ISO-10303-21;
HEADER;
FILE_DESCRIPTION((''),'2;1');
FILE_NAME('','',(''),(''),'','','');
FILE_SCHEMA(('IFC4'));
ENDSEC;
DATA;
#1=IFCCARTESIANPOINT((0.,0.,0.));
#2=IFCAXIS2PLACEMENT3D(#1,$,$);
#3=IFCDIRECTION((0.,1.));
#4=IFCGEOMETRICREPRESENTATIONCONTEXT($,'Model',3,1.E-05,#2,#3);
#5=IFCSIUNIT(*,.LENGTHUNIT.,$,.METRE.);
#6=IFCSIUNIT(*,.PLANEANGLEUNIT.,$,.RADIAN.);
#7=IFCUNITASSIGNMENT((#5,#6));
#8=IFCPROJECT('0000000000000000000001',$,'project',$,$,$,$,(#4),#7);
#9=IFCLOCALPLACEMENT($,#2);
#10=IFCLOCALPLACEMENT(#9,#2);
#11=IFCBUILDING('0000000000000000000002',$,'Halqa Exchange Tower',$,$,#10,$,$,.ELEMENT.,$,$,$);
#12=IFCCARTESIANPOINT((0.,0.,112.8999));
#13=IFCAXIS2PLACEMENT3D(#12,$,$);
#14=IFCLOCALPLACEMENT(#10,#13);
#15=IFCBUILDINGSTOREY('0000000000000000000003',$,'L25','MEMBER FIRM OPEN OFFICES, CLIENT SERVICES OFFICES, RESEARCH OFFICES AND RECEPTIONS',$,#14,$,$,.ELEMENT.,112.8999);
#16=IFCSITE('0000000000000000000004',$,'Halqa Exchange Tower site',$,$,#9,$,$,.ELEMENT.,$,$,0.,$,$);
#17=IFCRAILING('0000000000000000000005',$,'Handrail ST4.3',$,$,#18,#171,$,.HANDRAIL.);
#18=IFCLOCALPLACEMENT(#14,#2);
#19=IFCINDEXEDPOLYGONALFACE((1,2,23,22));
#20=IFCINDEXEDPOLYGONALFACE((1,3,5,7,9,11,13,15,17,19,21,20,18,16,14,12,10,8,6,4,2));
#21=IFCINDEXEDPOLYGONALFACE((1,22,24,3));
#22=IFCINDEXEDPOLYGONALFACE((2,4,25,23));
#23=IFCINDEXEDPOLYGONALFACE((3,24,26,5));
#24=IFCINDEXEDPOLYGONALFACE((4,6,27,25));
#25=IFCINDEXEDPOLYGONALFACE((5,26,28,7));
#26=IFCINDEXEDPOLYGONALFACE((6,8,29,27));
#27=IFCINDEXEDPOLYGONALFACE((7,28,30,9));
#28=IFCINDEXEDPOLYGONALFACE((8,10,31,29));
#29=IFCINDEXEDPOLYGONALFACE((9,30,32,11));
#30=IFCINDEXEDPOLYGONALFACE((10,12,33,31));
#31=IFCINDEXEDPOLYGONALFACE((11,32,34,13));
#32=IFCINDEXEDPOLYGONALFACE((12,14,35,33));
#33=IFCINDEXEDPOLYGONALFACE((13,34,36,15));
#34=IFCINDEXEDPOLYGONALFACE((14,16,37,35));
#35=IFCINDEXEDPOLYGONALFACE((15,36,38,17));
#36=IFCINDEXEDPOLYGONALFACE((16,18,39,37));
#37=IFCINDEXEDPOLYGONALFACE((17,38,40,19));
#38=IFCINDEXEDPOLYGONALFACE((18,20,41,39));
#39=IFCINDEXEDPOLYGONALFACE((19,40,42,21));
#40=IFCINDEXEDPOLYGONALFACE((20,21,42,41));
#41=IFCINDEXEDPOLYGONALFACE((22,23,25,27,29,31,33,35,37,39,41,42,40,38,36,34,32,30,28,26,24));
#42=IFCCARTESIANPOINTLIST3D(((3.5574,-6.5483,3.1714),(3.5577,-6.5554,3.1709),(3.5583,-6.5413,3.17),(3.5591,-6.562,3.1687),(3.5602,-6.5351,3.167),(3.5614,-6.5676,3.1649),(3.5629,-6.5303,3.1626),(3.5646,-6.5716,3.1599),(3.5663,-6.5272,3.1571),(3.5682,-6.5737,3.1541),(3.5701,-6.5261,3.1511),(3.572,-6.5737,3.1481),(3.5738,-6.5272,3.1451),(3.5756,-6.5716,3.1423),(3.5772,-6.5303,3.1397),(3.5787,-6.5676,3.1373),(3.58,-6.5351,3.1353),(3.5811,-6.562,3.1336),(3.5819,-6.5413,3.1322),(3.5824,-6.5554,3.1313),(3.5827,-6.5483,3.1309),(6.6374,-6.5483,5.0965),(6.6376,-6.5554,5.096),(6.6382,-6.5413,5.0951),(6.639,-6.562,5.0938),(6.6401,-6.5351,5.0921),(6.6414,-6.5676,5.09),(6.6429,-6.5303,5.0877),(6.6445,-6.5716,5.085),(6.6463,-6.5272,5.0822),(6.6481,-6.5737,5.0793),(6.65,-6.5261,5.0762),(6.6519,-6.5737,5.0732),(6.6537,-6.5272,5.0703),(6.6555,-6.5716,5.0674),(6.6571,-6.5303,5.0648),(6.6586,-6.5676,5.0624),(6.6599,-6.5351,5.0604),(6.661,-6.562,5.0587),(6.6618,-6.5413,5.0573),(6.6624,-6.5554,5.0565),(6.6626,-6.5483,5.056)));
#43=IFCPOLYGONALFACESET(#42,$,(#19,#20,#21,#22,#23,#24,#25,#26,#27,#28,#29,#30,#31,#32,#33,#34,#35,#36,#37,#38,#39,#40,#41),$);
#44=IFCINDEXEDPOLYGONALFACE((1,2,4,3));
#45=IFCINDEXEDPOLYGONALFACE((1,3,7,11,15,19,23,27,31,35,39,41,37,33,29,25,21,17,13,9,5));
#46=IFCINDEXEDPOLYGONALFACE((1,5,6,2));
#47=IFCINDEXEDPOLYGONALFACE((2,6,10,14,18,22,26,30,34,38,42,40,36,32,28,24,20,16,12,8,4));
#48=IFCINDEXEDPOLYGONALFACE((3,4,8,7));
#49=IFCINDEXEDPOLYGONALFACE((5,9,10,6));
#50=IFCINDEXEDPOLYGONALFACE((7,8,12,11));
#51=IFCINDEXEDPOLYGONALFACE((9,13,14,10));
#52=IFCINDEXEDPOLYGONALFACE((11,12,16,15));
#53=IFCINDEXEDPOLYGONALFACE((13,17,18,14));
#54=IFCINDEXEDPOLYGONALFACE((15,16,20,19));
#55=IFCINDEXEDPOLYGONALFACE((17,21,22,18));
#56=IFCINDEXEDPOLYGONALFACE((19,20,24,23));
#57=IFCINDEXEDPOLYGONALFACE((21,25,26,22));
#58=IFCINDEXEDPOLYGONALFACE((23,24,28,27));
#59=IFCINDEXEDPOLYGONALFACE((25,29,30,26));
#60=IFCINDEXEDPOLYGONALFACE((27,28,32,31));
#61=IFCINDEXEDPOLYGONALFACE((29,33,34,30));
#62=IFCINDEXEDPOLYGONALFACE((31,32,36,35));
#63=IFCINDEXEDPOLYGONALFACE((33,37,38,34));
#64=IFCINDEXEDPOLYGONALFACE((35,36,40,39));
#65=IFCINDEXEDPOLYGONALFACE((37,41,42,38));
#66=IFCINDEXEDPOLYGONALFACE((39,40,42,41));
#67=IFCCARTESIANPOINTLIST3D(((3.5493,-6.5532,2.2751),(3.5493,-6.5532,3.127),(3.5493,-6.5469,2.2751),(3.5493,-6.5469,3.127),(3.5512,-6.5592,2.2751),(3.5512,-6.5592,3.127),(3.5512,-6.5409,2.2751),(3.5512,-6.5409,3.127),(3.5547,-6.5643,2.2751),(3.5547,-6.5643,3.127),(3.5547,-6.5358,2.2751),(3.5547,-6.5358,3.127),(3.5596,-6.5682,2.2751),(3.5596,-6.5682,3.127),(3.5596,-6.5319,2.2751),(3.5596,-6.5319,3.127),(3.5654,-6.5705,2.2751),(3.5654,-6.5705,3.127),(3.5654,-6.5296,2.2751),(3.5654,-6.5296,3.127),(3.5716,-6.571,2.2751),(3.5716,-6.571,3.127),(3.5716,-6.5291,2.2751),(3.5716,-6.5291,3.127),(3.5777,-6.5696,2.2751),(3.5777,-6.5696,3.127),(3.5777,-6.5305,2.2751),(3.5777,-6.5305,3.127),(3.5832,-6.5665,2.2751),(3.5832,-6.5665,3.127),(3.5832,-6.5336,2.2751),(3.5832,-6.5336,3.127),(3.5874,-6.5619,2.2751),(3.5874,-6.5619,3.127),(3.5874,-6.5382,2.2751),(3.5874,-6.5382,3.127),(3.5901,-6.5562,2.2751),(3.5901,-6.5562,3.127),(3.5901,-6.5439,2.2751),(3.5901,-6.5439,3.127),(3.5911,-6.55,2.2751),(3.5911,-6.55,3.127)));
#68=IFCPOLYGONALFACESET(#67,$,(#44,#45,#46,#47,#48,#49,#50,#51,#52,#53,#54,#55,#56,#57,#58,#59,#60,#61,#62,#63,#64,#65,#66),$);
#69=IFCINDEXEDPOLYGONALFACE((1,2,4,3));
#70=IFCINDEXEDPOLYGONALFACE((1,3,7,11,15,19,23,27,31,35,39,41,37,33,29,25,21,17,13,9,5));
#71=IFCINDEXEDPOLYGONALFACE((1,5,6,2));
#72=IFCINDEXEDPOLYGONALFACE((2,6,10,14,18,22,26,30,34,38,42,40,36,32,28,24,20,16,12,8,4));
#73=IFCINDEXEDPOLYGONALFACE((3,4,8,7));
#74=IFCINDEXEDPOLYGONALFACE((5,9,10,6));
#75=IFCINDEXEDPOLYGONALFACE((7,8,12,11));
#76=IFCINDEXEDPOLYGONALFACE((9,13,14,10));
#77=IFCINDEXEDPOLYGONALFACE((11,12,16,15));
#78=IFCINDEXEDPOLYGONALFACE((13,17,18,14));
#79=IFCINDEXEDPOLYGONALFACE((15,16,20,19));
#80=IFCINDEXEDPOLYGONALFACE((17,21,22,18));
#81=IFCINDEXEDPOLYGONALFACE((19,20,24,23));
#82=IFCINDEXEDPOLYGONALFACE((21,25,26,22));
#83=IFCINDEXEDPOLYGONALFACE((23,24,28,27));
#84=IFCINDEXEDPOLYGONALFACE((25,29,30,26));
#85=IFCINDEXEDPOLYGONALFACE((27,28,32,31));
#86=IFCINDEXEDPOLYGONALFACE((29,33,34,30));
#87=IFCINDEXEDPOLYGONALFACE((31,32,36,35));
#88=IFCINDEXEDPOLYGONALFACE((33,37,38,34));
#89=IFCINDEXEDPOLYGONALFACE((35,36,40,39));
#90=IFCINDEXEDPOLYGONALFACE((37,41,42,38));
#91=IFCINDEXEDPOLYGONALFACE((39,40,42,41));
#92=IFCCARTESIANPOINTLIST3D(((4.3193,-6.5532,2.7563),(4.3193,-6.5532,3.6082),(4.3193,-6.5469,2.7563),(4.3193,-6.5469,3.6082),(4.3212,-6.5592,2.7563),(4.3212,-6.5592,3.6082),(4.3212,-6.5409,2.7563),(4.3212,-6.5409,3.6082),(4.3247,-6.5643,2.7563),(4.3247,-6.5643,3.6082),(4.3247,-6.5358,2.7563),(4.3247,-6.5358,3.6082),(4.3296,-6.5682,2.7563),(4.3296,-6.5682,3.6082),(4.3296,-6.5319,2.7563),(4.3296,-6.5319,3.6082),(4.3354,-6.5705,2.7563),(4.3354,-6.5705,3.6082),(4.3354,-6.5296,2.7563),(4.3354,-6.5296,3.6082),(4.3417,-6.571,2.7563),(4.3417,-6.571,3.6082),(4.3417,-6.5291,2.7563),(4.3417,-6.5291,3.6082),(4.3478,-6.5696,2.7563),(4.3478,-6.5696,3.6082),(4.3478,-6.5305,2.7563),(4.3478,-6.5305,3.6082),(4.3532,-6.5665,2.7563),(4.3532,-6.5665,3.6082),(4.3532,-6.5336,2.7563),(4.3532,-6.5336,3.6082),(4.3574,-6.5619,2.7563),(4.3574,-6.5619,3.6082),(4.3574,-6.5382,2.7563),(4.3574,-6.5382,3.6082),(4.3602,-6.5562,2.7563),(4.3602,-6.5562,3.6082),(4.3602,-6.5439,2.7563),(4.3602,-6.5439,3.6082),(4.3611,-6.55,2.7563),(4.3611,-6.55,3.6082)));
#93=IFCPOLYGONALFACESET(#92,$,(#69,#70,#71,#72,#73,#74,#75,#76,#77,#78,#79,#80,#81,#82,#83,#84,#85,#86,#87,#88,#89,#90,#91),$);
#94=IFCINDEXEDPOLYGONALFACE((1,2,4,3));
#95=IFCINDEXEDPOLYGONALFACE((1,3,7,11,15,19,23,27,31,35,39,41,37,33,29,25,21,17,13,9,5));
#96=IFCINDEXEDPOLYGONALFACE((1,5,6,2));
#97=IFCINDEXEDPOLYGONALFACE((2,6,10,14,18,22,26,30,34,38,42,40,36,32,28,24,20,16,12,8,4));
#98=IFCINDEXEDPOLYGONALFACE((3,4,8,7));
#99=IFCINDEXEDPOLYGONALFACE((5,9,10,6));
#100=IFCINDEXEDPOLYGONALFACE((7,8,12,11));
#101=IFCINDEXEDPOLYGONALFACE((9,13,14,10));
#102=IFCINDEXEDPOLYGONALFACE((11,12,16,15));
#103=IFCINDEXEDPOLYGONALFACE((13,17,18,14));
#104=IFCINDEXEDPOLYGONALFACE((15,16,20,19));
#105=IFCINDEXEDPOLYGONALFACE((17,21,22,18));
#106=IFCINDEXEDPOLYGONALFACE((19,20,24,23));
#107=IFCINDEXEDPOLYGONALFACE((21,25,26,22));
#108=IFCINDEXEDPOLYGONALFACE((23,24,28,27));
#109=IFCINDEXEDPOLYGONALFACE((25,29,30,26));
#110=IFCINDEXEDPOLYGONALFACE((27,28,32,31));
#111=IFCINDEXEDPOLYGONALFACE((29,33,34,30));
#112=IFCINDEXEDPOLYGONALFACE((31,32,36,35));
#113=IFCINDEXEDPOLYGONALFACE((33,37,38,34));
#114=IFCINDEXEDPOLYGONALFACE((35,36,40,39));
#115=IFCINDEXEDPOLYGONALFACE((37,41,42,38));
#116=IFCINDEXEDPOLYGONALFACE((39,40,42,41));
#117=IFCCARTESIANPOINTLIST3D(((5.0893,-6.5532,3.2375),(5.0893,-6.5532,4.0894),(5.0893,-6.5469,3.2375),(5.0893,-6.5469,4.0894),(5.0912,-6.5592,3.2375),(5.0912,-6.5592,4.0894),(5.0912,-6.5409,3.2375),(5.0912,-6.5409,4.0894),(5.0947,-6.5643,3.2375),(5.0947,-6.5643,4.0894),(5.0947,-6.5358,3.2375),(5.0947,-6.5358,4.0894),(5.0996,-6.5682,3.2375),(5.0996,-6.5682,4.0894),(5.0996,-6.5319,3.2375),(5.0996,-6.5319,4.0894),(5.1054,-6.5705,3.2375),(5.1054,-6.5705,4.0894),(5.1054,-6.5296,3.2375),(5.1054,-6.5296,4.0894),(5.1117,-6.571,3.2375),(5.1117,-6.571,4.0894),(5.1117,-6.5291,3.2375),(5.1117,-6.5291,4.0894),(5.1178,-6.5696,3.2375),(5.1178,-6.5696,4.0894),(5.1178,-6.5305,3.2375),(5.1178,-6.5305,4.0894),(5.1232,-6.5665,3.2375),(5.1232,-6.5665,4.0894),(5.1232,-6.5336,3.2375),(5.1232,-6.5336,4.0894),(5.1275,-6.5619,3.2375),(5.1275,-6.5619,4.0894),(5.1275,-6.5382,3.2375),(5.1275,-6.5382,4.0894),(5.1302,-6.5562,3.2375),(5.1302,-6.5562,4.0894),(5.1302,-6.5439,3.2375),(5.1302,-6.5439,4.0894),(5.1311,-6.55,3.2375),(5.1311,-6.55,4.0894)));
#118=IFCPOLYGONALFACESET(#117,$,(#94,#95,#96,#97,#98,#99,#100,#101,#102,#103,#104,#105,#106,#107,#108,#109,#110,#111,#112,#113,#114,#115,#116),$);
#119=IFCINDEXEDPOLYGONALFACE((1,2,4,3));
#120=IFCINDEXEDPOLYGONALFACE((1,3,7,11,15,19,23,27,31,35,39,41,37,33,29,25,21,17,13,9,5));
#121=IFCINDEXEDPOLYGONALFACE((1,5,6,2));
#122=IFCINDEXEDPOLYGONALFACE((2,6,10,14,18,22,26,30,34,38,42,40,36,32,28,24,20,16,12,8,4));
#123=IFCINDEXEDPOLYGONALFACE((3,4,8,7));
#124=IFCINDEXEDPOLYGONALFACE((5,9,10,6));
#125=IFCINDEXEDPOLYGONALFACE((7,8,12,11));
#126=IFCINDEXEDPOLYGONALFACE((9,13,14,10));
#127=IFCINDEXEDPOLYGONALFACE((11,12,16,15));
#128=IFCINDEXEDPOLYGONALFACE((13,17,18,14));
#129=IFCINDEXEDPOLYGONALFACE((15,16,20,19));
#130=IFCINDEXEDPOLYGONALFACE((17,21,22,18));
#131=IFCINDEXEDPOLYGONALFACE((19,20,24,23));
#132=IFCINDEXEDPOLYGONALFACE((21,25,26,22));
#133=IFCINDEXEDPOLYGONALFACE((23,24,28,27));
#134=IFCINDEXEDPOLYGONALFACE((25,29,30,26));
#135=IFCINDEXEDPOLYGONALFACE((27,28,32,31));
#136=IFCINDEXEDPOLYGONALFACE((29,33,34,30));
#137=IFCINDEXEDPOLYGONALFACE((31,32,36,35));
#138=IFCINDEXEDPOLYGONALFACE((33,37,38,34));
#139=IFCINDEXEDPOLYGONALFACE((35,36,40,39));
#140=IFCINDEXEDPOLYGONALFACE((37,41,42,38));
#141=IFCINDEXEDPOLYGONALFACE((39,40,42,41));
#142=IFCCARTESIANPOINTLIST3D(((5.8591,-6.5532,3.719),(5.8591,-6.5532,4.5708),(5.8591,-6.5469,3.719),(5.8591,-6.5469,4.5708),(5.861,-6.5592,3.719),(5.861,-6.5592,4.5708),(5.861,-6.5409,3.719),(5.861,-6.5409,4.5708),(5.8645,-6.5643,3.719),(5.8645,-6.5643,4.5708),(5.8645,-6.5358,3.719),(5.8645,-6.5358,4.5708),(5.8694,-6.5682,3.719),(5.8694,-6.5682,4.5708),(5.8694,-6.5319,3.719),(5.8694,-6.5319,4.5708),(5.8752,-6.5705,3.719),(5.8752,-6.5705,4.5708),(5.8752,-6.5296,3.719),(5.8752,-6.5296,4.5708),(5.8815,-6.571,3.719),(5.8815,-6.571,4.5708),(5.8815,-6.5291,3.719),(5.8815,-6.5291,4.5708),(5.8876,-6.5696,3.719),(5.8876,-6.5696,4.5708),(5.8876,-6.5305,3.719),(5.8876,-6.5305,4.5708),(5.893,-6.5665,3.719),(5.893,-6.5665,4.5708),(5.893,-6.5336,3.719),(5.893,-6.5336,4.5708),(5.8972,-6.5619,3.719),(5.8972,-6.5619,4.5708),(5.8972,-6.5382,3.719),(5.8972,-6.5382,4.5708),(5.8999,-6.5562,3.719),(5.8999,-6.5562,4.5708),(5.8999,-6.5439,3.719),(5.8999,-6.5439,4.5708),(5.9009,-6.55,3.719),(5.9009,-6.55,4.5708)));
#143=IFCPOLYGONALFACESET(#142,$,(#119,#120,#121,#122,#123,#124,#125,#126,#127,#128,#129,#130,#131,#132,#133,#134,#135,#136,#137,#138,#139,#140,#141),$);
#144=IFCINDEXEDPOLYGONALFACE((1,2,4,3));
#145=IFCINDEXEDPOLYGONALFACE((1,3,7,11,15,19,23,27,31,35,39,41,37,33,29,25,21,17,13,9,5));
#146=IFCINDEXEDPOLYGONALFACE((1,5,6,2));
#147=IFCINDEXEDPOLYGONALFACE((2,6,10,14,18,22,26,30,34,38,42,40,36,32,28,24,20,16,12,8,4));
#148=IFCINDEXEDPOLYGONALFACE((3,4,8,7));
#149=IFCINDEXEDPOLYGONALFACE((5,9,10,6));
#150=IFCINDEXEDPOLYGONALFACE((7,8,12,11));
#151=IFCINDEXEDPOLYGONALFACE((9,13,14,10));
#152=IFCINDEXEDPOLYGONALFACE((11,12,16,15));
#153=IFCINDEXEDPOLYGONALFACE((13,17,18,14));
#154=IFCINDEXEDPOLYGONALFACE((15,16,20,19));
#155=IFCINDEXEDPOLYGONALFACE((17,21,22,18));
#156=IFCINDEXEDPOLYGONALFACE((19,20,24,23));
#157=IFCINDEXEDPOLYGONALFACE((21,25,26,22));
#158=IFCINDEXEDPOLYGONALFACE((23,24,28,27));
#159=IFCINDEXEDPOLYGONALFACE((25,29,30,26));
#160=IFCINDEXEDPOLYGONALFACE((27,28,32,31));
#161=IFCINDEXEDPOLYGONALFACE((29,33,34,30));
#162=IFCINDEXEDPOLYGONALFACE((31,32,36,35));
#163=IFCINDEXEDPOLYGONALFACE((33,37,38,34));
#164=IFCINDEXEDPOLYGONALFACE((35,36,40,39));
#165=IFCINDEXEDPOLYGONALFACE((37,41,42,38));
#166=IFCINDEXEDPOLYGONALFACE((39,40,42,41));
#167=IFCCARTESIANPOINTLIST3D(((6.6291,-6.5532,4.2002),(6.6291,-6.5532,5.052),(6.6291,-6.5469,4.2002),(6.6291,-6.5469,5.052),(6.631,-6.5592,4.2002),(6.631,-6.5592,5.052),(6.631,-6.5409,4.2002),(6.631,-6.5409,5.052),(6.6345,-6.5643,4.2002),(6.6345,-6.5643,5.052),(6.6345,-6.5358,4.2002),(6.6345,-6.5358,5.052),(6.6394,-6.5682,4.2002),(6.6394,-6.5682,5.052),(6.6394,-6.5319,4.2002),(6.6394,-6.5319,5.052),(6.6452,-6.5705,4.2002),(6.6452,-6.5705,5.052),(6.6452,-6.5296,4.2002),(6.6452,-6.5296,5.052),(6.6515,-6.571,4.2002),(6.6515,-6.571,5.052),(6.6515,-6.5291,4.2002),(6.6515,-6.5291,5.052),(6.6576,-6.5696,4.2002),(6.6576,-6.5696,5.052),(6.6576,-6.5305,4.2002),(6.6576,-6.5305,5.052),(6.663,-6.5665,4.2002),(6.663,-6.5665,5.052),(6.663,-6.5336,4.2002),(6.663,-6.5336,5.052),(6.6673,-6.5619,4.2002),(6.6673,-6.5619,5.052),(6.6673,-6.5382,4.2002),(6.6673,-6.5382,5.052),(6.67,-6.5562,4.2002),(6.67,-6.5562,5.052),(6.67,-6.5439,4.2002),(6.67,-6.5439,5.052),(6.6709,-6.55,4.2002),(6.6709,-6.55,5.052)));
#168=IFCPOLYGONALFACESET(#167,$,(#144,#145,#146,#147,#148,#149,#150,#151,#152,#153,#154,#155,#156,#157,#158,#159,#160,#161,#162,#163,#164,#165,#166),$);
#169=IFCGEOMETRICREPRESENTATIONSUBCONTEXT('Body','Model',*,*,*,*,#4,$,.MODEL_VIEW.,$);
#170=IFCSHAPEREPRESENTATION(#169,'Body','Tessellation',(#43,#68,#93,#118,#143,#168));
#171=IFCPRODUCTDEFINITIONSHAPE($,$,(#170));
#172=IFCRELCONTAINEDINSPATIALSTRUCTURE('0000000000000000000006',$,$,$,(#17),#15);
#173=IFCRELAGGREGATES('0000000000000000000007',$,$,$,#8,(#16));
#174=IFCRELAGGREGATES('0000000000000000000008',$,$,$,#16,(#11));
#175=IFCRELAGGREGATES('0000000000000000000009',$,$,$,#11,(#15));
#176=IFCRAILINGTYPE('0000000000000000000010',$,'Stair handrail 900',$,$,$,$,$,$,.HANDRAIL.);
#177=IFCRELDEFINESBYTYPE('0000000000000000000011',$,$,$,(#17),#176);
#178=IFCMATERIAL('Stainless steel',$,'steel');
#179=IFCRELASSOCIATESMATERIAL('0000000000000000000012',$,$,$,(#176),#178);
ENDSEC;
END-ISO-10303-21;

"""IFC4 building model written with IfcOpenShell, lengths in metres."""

from ifc_helpers import new_model, si_unit, direction, frame, origin, origin_2d, place, context, subcontext, project, spatial, circle, extrude, material, type_object, element, save


model = new_model("IFC4")

# Units and contexts
model_context = context("Model", 3, precision=1e-05, world=origin(), true_north=direction((0.0, 1.0)))
body_context = subcontext(model_context, "Body", "Model", "MODEL_VIEW")
ifc_project = project(units=[si_unit("LENGTHUNIT", "METRE"), si_unit("PLANEANGLEUNIT", "RADIAN")], contexts=[model_context])

# Site, building, storey
site_placement = place(None, origin())
site = spatial("IfcSite", under=ifc_project, at=site_placement, Name="Halqa Exchange Tower site", CompositionType="ELEMENT", RefElevation=0.0)
building_placement = place(site_placement, origin())
building = spatial("IfcBuilding", under=site, at=building_placement, Name="Halqa Exchange Tower", CompositionType="ELEMENT")
storey_placement = place(building_placement, frame((0.0, 0.0, 112.8999)))
storey = spatial("IfcBuildingStorey", under=building, at=storey_placement, Name="L25", Description="MEMBER FIRM OPEN OFFICES, CLIENT SERVICES OFFICES, RESEARCH OFFICES AND RECEPTIONS", CompositionType="ELEMENT", Elevation=112.8999)

# Railing
ifc_material_1 = material(Name="Stainless steel", Category="steel")
railing_type_1 = type_object("IfcRailingType", Name="Stair handrail 900", PredefinedType="HANDRAIL", material=ifc_material_1)
railing_1_placement = place(storey_placement, frame((3.5701, -6.55, 2.2751)))
element("IfcRailing", 1, at=railing_1_placement, inside=storey, type_object=railing_type_1, Name="Handrail ST4.3", PredefinedType="HANDRAIL", context=body_context, shape_type="SweptSolid", body=[
    extrude(circle(Radius=0.0239, at=origin_2d()), frame((0.0, 0.0, 0.876), z_axis=(0.847979, 0.0, 0.530029), x_axis=(0.0, 1.0, 0.0)), (0.0, 0.0, 1.0), 3.6321),
    extrude(circle(Radius=0.021, at=origin_2d()), origin(), (0.0, 0.0, 1.0), 0.8518),
    extrude(circle(Radius=0.021, at=origin_2d()), frame((0.77, 0.0, 0.4812)), (0.0, 0.0, 1.0), 0.8518),
    extrude(circle(Radius=0.021, at=origin_2d()), frame((1.54, 0.0, 0.9624)), (0.0, 0.0, 1.0), 0.8518),
    extrude(circle(Radius=0.021, at=origin_2d()), frame((2.3098, 0.0, 1.4438)), (0.0, 0.0, 1.0), 0.8518),
    extrude(circle(Radius=0.021, at=origin_2d()), frame((3.0798, 0.0, 1.925)), (0.0, 0.0, 1.0), 0.8518),
])

save(model, "model.ifc")
